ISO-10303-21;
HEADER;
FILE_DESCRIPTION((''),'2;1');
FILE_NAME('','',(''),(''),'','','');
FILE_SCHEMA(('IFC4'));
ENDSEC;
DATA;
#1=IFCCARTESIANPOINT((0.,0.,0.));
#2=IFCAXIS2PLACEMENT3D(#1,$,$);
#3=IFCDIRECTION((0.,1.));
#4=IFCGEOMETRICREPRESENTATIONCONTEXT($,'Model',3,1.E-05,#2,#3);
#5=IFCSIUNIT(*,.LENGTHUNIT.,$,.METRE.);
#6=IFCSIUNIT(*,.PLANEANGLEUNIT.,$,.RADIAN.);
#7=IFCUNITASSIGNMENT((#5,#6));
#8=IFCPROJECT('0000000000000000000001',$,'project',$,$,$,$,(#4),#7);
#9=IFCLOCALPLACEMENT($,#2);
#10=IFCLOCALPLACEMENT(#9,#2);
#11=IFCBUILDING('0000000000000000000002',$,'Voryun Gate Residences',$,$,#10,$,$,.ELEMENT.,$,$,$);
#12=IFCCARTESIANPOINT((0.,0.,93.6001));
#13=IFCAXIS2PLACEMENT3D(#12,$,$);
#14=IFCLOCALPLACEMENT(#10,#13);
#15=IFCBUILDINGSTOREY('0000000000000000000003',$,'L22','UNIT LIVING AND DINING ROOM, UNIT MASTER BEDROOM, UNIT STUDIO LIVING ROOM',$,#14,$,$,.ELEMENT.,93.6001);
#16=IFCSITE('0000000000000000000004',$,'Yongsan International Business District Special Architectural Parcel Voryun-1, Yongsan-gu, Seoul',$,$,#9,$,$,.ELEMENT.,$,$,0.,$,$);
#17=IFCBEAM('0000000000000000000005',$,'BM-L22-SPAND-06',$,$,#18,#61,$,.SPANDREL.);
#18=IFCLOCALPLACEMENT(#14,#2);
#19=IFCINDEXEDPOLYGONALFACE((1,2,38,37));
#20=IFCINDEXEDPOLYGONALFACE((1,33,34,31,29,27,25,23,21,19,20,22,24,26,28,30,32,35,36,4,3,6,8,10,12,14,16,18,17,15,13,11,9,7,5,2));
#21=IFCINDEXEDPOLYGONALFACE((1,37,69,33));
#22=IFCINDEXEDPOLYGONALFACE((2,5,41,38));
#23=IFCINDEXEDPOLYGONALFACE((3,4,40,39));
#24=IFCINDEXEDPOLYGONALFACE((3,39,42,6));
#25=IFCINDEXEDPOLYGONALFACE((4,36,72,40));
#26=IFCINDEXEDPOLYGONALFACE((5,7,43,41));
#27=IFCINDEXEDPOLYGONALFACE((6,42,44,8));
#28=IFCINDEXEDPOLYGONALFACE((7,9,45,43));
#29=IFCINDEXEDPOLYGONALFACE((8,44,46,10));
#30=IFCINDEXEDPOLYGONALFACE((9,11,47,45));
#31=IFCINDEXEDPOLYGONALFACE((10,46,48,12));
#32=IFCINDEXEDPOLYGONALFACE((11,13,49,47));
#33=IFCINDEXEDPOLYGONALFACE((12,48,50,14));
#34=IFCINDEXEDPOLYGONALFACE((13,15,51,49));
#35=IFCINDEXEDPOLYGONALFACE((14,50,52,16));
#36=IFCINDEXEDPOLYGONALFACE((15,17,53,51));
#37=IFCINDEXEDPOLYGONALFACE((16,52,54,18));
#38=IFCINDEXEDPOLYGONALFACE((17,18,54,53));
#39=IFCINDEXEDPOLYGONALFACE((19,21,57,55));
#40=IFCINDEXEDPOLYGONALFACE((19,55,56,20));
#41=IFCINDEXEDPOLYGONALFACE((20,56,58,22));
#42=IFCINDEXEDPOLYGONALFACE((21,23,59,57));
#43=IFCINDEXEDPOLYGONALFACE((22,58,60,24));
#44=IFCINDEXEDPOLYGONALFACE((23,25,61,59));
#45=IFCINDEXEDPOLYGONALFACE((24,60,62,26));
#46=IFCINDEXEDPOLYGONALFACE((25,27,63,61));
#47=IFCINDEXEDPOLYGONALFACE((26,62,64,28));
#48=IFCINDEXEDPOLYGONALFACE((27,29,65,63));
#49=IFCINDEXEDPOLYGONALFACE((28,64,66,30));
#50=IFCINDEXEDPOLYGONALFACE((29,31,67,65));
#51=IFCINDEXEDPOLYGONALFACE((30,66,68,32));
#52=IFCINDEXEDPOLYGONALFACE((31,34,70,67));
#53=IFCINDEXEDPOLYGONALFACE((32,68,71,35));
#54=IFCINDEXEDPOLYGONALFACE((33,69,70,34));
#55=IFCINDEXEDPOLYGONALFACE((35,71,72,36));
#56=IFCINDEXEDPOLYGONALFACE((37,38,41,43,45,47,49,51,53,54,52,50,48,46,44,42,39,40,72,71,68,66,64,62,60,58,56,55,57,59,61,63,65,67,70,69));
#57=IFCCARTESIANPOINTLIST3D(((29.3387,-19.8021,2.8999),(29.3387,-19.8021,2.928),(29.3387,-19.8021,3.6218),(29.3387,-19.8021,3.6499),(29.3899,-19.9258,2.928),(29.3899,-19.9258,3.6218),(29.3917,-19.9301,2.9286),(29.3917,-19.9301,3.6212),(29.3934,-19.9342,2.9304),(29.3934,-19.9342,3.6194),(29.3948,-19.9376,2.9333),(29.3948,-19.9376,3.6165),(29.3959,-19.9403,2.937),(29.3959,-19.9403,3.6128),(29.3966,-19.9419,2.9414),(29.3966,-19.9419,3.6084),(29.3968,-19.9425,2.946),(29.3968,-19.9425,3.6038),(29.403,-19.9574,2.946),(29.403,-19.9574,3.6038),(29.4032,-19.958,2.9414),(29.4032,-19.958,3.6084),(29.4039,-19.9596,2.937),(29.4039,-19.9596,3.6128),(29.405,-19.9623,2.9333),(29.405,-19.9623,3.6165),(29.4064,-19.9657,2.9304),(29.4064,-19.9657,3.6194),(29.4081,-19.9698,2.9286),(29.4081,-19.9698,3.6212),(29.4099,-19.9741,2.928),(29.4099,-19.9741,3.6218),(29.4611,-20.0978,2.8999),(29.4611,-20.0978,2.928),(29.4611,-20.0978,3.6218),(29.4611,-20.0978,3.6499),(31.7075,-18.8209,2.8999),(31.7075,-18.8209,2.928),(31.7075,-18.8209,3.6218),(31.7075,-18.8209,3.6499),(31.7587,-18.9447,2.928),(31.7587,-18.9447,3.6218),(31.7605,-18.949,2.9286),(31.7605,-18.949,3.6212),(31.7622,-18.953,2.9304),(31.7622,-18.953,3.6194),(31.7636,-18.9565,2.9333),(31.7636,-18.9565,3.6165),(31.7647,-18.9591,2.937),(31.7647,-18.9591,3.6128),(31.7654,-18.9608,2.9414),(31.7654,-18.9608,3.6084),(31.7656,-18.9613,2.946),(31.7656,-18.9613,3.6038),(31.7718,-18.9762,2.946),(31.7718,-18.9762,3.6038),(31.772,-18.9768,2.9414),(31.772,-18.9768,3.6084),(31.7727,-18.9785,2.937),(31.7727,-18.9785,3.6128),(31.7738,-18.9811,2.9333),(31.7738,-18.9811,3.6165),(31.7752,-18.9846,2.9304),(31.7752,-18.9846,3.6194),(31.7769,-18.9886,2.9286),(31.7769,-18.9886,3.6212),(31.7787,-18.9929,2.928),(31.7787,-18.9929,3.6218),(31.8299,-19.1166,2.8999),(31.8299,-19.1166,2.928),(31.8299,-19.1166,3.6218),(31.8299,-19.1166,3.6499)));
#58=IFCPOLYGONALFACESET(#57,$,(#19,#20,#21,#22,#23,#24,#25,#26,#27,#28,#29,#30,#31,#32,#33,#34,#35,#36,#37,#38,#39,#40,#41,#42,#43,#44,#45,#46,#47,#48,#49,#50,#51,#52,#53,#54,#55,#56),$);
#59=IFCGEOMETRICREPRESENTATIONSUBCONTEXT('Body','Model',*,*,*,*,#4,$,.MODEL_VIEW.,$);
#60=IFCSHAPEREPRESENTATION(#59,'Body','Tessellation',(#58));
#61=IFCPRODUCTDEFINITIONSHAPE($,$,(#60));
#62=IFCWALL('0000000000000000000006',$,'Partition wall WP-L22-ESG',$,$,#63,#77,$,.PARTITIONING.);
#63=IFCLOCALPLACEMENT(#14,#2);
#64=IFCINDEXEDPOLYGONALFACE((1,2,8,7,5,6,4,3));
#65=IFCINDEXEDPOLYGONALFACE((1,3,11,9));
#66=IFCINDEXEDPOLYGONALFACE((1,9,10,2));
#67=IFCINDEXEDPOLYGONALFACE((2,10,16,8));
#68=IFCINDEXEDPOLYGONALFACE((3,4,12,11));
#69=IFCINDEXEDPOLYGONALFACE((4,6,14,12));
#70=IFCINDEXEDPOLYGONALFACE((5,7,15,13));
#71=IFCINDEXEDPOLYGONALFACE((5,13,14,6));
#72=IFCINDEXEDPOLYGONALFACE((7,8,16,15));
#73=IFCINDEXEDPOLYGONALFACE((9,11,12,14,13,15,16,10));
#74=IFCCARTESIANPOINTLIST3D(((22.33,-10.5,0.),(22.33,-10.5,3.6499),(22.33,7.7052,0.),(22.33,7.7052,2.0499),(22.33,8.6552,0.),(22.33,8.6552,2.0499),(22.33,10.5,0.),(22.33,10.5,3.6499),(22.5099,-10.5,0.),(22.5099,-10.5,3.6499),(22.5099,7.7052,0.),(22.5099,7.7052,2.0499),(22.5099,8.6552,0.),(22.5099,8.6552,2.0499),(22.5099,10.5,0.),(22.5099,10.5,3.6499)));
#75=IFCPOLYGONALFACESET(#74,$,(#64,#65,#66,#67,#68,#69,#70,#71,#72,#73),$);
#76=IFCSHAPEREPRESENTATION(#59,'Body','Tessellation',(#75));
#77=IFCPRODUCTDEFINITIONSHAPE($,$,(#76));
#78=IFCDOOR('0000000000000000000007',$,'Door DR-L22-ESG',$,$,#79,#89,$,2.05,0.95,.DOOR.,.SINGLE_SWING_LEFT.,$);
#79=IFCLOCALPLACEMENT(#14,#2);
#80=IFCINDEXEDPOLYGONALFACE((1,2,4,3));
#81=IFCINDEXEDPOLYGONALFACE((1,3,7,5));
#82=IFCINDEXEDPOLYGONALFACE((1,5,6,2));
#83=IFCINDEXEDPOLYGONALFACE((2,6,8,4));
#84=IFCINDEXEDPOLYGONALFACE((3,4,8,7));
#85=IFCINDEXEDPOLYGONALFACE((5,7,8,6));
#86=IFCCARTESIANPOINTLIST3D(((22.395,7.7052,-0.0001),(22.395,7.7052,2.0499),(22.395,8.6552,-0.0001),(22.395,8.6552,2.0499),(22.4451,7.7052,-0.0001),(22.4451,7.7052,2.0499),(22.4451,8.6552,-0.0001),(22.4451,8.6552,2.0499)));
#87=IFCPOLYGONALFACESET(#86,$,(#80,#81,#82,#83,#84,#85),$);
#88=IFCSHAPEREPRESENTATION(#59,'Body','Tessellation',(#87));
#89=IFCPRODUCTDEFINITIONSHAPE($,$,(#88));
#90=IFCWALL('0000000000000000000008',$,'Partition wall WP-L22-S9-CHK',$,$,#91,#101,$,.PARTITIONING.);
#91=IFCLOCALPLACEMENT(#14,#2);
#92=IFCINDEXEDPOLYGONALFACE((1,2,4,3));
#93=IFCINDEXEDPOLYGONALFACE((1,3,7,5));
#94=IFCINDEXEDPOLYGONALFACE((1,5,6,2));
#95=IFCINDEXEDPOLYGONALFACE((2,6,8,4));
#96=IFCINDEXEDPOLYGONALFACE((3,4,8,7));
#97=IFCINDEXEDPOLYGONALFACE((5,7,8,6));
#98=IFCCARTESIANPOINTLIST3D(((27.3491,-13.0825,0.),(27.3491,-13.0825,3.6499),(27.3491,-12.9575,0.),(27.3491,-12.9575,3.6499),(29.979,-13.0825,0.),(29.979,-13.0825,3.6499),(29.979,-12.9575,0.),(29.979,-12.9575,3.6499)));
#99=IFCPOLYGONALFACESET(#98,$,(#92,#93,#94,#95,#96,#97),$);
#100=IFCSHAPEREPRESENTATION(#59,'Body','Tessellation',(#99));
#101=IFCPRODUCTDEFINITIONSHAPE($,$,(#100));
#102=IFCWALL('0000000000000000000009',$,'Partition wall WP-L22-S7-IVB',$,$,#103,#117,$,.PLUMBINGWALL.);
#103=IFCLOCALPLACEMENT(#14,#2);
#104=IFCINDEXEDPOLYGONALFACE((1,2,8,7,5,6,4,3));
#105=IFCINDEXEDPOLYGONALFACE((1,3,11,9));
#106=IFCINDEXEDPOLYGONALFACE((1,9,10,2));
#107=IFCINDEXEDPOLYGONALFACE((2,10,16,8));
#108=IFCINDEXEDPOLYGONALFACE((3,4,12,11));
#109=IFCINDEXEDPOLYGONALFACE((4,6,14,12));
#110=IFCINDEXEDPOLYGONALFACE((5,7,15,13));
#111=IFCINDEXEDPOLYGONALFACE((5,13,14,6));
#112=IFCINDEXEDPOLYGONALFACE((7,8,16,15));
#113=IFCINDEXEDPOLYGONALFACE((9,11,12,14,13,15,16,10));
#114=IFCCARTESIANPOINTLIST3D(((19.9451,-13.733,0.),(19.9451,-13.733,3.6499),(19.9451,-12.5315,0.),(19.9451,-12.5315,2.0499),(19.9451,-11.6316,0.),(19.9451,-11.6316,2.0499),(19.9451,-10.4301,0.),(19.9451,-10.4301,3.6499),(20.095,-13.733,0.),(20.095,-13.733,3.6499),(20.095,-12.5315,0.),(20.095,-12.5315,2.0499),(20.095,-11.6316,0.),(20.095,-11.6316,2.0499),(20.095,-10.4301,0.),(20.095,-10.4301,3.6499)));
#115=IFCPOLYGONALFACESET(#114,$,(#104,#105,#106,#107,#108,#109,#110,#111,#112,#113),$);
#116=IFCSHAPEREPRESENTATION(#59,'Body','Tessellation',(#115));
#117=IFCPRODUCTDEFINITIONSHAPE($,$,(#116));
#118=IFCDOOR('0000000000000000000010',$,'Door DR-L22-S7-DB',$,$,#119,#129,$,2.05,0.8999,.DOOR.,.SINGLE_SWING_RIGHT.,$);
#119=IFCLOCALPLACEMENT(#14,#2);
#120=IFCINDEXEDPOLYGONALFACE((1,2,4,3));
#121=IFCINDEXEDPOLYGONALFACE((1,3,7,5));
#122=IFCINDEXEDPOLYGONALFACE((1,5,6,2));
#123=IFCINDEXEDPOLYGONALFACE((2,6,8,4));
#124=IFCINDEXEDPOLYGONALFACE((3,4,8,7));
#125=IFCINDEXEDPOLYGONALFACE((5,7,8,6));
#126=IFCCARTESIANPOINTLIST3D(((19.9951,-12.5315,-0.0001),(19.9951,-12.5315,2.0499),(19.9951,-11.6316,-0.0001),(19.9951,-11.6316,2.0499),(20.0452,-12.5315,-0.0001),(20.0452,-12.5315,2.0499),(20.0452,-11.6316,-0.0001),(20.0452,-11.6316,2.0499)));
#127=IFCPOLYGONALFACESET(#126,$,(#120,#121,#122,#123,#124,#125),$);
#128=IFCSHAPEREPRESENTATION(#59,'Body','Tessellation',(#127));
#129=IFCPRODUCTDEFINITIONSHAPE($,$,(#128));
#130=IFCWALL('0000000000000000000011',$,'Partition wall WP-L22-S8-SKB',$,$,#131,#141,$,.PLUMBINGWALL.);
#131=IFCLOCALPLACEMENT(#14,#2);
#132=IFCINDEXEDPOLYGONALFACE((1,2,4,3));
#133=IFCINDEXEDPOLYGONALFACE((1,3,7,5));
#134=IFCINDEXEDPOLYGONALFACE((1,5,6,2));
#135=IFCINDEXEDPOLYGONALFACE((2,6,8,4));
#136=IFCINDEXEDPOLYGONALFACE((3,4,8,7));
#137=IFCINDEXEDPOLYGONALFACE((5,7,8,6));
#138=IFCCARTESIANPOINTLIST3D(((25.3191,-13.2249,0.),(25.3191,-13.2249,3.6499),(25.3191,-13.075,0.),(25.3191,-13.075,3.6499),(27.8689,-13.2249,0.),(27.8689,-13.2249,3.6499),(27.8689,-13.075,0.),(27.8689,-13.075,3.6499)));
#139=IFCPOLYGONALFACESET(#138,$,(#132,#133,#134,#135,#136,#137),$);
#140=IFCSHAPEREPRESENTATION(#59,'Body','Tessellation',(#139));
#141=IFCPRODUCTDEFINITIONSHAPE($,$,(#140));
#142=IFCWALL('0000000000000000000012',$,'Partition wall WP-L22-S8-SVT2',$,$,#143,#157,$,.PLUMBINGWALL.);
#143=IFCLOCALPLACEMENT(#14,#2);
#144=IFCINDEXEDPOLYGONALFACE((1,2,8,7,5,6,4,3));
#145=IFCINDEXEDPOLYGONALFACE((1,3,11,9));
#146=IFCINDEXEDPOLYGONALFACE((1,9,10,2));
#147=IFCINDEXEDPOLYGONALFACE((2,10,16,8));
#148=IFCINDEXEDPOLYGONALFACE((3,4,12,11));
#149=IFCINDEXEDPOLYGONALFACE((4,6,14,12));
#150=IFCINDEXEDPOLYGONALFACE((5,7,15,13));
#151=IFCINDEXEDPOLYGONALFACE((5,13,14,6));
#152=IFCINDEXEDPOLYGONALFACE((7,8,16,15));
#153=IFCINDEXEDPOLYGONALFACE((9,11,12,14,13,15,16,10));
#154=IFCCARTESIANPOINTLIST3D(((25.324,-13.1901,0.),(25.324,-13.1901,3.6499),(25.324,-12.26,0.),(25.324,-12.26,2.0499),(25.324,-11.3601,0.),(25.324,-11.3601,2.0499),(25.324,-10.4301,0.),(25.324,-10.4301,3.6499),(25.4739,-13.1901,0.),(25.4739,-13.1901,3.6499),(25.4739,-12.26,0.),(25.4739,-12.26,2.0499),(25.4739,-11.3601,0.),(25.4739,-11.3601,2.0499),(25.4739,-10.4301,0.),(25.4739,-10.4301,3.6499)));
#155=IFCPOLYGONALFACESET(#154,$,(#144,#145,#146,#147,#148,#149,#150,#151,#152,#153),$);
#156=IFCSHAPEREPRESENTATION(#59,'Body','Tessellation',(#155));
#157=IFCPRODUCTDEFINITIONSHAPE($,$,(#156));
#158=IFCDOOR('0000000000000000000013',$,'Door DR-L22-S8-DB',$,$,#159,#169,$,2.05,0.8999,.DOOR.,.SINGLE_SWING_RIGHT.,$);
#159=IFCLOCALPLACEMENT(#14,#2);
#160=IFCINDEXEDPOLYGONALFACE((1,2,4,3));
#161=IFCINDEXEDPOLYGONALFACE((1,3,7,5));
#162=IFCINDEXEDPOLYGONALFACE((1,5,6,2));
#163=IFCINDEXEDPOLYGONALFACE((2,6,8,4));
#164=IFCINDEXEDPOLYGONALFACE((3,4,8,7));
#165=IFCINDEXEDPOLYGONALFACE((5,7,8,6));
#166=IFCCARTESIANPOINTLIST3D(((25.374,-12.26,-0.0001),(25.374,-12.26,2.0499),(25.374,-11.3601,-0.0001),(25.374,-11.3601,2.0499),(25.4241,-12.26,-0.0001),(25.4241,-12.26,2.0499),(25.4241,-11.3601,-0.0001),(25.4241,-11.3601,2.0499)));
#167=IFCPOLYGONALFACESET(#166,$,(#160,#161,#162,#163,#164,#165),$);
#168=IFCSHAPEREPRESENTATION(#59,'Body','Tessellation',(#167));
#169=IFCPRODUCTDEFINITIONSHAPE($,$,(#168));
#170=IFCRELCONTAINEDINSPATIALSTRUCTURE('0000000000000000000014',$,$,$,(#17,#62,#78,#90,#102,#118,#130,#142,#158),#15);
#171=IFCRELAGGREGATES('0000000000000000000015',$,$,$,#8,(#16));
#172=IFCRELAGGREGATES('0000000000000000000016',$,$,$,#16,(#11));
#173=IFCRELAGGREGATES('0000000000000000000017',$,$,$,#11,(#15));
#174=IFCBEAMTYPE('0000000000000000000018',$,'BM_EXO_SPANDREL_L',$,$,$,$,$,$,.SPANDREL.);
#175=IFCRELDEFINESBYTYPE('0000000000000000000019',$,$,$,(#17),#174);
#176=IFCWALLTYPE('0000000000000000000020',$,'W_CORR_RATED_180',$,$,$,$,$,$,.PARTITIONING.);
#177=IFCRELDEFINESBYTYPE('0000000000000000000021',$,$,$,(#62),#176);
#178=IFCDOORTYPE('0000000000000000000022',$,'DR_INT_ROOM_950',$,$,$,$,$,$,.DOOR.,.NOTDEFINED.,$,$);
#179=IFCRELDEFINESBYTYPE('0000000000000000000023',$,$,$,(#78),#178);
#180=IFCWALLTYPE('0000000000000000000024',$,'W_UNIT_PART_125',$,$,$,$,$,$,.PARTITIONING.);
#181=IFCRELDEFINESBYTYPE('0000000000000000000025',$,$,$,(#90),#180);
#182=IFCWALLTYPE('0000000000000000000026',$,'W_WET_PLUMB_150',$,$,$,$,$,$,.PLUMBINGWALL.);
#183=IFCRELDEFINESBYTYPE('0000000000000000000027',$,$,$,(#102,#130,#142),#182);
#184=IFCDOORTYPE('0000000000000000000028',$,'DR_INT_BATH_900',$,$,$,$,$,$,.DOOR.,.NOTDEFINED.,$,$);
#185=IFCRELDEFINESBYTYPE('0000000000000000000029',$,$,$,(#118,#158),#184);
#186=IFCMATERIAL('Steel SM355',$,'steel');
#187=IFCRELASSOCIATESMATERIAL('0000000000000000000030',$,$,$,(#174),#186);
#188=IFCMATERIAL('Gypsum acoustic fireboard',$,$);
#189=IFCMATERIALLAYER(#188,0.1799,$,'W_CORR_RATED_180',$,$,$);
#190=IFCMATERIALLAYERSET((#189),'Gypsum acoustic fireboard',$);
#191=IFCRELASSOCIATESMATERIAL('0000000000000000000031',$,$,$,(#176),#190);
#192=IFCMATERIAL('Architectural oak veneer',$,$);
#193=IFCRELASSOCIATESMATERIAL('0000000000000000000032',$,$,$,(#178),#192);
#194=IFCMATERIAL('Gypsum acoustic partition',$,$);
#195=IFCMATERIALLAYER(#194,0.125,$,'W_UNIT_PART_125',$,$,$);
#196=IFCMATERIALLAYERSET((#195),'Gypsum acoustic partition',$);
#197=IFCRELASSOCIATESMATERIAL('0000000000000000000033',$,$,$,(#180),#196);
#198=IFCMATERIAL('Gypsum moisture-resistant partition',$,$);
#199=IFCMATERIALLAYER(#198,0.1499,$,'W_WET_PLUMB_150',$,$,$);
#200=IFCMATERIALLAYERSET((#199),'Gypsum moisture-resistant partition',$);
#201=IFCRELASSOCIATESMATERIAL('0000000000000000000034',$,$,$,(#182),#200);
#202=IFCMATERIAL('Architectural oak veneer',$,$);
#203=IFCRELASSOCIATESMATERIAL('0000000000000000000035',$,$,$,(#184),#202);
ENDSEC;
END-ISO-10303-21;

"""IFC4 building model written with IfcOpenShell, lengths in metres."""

from ifc_helpers import new_model, si_unit, direction, frame, frame_2d, origin, origin_2d, place, context, subcontext, project, spatial, rectangle, i_section, extrude, material, layer, layer_set, material_profile, profile_set, type_object, element, fill, save


model = new_model("IFC4")

# Units and contexts
model_context = context("Model", 3, precision=1e-05, world=origin(), true_north=direction((0.0, 1.0)))
body_context = subcontext(model_context, "Body", "Model", "MODEL_VIEW")
ifc_project = project(units=[si_unit("LENGTHUNIT", "METRE"), si_unit("PLANEANGLEUNIT", "RADIAN")], contexts=[model_context])

# Site, building, storey
site_placement = place(None, origin())
site = spatial("IfcSite", under=ifc_project, at=site_placement, Name="Yongsan International Business District Special Architectural Parcel Voryun-1, Yongsan-gu, Seoul", CompositionType="ELEMENT", RefElevation=0.0)
building_placement = place(site_placement, origin())
building = spatial("IfcBuilding", under=site, at=building_placement, Name="Voryun Gate Residences", CompositionType="ELEMENT")
storey_placement = place(building_placement, frame((0.0, 0.0, 93.6001)))
storey = spatial("IfcBuildingStorey", under=building, at=storey_placement, Name="L22", Description="UNIT LIVING AND DINING ROOM, UNIT MASTER BEDROOM, UNIT STUDIO LIVING ROOM", CompositionType="ELEMENT", Elevation=93.6001)

# Beam
ifc_material_1 = material(Name="Steel SM355", Category="steel")
ifc_material_profile = material_profile(ifc_material_1, i_section(OverallWidth=0.3201, OverallDepth=0.75, WebThickness=0.0161, FlangeThickness=0.0281, FilletRadius=0.0181, at=origin_2d()), Name="H-750x320x16x28")
ifc_profile_set = profile_set([ifc_material_profile], Name="Steel SM355")
beam_type = type_object("IfcBeamType", Name="BM_EXO_SPANDREL_L", PredefinedType="SPANDREL", material=ifc_profile_set)
beam_placement = place(storey_placement, frame((29.3999, -19.95, 3.2749), z_axis=(0.923883, 0.382674, 0.0), x_axis=(-0.382674, 0.923883, 0.0)))
element("IfcBeam", 1, at=beam_placement, inside=storey, type_object=beam_type, Name="BM-L22-SPAND-06", PredefinedType="SPANDREL", context=body_context, shape_type="SweptSolid", body=[
    extrude(i_section(OverallWidth=0.3201, OverallDepth=0.75, WebThickness=0.0161, FlangeThickness=0.0281, FilletRadius=0.0181, at=origin_2d()), origin(), (0.0, 0.0, 1.0), 2.564),
])

# Wall, opening, door
ifc_material_2 = material(Name="Gypsum acoustic fireboard")
ifc_layer_1 = layer(ifc_material_2, 0.1799, Name="W_CORR_RATED_180")
ifc_layer_set_1 = layer_set([ifc_layer_1], Name="Gypsum acoustic fireboard")
wall_type_1 = type_object("IfcWallType", Name="W_CORR_RATED_180", PredefinedType="PARTITIONING", material=ifc_layer_set_1)
wall_1_placement = place(storey_placement, frame((22.4199, -10.5, 0.0), z_axis=(0.0, 0.0, 1.0), x_axis=(0.0, 1.0, 0.0)))
wall_1 = element("IfcWall", 2, at=wall_1_placement, inside=storey, type_object=wall_type_1, Name="Partition wall WP-L22-ESG", PredefinedType="PARTITIONING", context=body_context, shape_type="SweptSolid", body=[
    extrude(rectangle(XDim=21.0, YDim=0.1799, at=frame_2d((10.5, 0.0))), origin(), (0.0, 0.0, 1.0), 3.6499),
])
opening_1_placement = place(wall_1_placement, frame((18.2051, 0.0, 0.0)))
opening_1 = element("IfcOpeningElement", 3, at=opening_1_placement, cuts=wall_1, PredefinedType="OPENING", context=body_context, shape_type="SweptSolid", body=[
    extrude(rectangle(XDim=0.95, YDim=2.05, at=frame_2d((0.4751, 1.0249))), frame((0.0, 0.0999, 0.0), z_axis=(0.0, -1.0, 0.0), x_axis=(1.0, 0.0, 0.0)), (0.0, 0.0, 1.0), 0.2),
])
ifc_material_3 = material(Name="Architectural oak veneer")
door_type_1 = type_object("IfcDoorType", Name="DR_INT_ROOM_950", OperationType="NOTDEFINED", PredefinedType="DOOR", material=ifc_material_3)
door_1_placement = place(opening_1_placement, origin())
door_1 = element("IfcDoor", 4, at=door_1_placement, inside=storey, type_object=door_type_1, Name="Door DR-L22-ESG", OperationType="SINGLE_SWING_LEFT", OverallHeight=2.05, OverallWidth=0.95, PredefinedType="DOOR", context=body_context, shape_type="SweptSolid", body=[
    extrude(rectangle(XDim=0.95, YDim=2.05, at=frame_2d((0.4751, 1.0249))), frame((0.0, 0.0249, 0.0), z_axis=(0.0, -1.0, 0.0), x_axis=(1.0, 0.0, 0.0)), (0.0, 0.0, 1.0), 0.05),
])
fill(opening_1, door_1)

# Wall
ifc_material_4 = material(Name="Gypsum acoustic partition")
ifc_layer_2 = layer(ifc_material_4, 0.125, Name="W_UNIT_PART_125")
ifc_layer_set_2 = layer_set([ifc_layer_2], Name="Gypsum acoustic partition")
wall_type_2 = type_object("IfcWallType", Name="W_UNIT_PART_125", PredefinedType="PARTITIONING", material=ifc_layer_set_2)
wall_2_placement = place(storey_placement, frame((27.3491, -13.02, 0.0), z_axis=(0.0, 0.0, 1.0), x_axis=(1.0, 0.0, 0.0)))
element("IfcWall", 5, at=wall_2_placement, inside=storey, type_object=wall_type_2, Name="Partition wall WP-L22-S9-CHK", PredefinedType="PARTITIONING", context=body_context, shape_type="SweptSolid", body=[
    extrude(rectangle(XDim=2.6299, YDim=0.125, at=frame_2d((1.3149, 0.0))), origin(), (0.0, 0.0, 1.0), 3.6499),
])

# Wall, opening, door
ifc_material_5 = material(Name="Gypsum moisture-resistant partition")
ifc_layer_3 = layer(ifc_material_5, 0.1499, Name="W_WET_PLUMB_150")
ifc_layer_set_3 = layer_set([ifc_layer_3], Name="Gypsum moisture-resistant partition")
wall_type_3 = type_object("IfcWallType", Name="W_WET_PLUMB_150", PredefinedType="PLUMBINGWALL", material=ifc_layer_set_3)
wall_3_placement = place(storey_placement, frame((20.02, -13.7329, 0.0), z_axis=(0.0, 0.0, 1.0), x_axis=(0.0, 1.0, 0.0)))
wall_3 = element("IfcWall", 6, at=wall_3_placement, inside=storey, type_object=wall_type_3, Name="Partition wall WP-L22-S7-IVB", PredefinedType="PLUMBINGWALL", context=body_context, shape_type="SweptSolid", body=[
    extrude(rectangle(XDim=3.303, YDim=0.1499, at=frame_2d((1.6514, 0.0))), origin(), (0.0, 0.0, 1.0), 3.6499),
])
opening_2_placement = place(wall_3_placement, frame((1.2014, 0.0, 0.0)))
opening_2 = element("IfcOpeningElement", 7, at=opening_2_placement, cuts=wall_3, PredefinedType="OPENING", context=body_context, shape_type="SweptSolid", body=[
    extrude(rectangle(XDim=0.8999, YDim=2.05, at=frame_2d((0.45, 1.0249))), frame((0.0, 0.085, 0.0), z_axis=(0.0, -1.0, 0.0), x_axis=(1.0, 0.0, 0.0)), (0.0, 0.0, 1.0), 0.1699),
])
ifc_material_6 = material(Name="Architectural oak veneer")
door_type_2 = type_object("IfcDoorType", Name="DR_INT_BATH_900", OperationType="NOTDEFINED", PredefinedType="DOOR", material=ifc_material_6)
door_2_placement = place(opening_2_placement, origin())
door_2 = element("IfcDoor", 8, at=door_2_placement, inside=storey, type_object=door_type_2, Name="Door DR-L22-S7-DB", OperationType="SINGLE_SWING_RIGHT", OverallHeight=2.05, OverallWidth=0.8999, PredefinedType="DOOR", context=body_context, shape_type="SweptSolid", body=[
    extrude(rectangle(XDim=0.8999, YDim=2.05, at=frame_2d((0.45, 1.0249))), frame((0.0, 0.0249, 0.0), z_axis=(0.0, -1.0, 0.0), x_axis=(1.0, 0.0, 0.0)), (0.0, 0.0, 1.0), 0.05),
])
fill(opening_2, door_2)

# Wall
wall_4_placement = place(storey_placement, frame((25.3191, -13.1499, 0.0), z_axis=(0.0, 0.0, 1.0), x_axis=(1.0, 0.0, 0.0)))
element("IfcWall", 9, at=wall_4_placement, inside=storey, type_object=wall_type_3, Name="Partition wall WP-L22-S8-SKB", PredefinedType="PLUMBINGWALL", context=body_context, shape_type="SweptSolid", body=[
    extrude(rectangle(XDim=2.5498, YDim=0.1499, at=frame_2d((1.2749, 0.0))), origin(), (0.0, 0.0, 1.0), 3.6499),
])

# Wall, opening, door
wall_5_placement = place(storey_placement, frame((25.3989, -13.1899, 0.0), z_axis=(0.0, 0.0, 1.0), x_axis=(0.0, 1.0, 0.0)))
wall_5 = element("IfcWall", 10, at=wall_5_placement, inside=storey, type_object=wall_type_3, Name="Partition wall WP-L22-S8-SVT2", PredefinedType="PLUMBINGWALL", context=body_context, shape_type="SweptSolid", body=[
    extrude(rectangle(XDim=2.76, YDim=0.1499, at=frame_2d((1.3799, 0.0))), origin(), (0.0, 0.0, 1.0), 3.6499),
])
opening_3_placement = place(wall_5_placement, frame((0.9299, 0.0, 0.0)))
opening_3 = element("IfcOpeningElement", 11, at=opening_3_placement, cuts=wall_5, PredefinedType="OPENING", context=body_context, shape_type="SweptSolid", body=[
    extrude(rectangle(XDim=0.8999, YDim=2.05, at=frame_2d((0.45, 1.0249))), frame((0.0, 0.085, 0.0), z_axis=(0.0, -1.0, 0.0), x_axis=(1.0, 0.0, 0.0)), (0.0, 0.0, 1.0), 0.1699),
])
door_3_placement = place(opening_3_placement, origin())
door_3 = element("IfcDoor", 12, at=door_3_placement, inside=storey, type_object=door_type_2, Name="Door DR-L22-S8-DB", OperationType="SINGLE_SWING_RIGHT", OverallHeight=2.05, OverallWidth=0.8999, PredefinedType="DOOR", context=body_context, shape_type="SweptSolid", body=[
    extrude(rectangle(XDim=0.8999, YDim=2.05, at=frame_2d((0.45, 1.0249))), frame((0.0, 0.0249, 0.0), z_axis=(0.0, -1.0, 0.0), x_axis=(1.0, 0.0, 0.0)), (0.0, 0.0, 1.0), 0.05),
])
fill(opening_3, door_3)

save(model, "model.ifc")
